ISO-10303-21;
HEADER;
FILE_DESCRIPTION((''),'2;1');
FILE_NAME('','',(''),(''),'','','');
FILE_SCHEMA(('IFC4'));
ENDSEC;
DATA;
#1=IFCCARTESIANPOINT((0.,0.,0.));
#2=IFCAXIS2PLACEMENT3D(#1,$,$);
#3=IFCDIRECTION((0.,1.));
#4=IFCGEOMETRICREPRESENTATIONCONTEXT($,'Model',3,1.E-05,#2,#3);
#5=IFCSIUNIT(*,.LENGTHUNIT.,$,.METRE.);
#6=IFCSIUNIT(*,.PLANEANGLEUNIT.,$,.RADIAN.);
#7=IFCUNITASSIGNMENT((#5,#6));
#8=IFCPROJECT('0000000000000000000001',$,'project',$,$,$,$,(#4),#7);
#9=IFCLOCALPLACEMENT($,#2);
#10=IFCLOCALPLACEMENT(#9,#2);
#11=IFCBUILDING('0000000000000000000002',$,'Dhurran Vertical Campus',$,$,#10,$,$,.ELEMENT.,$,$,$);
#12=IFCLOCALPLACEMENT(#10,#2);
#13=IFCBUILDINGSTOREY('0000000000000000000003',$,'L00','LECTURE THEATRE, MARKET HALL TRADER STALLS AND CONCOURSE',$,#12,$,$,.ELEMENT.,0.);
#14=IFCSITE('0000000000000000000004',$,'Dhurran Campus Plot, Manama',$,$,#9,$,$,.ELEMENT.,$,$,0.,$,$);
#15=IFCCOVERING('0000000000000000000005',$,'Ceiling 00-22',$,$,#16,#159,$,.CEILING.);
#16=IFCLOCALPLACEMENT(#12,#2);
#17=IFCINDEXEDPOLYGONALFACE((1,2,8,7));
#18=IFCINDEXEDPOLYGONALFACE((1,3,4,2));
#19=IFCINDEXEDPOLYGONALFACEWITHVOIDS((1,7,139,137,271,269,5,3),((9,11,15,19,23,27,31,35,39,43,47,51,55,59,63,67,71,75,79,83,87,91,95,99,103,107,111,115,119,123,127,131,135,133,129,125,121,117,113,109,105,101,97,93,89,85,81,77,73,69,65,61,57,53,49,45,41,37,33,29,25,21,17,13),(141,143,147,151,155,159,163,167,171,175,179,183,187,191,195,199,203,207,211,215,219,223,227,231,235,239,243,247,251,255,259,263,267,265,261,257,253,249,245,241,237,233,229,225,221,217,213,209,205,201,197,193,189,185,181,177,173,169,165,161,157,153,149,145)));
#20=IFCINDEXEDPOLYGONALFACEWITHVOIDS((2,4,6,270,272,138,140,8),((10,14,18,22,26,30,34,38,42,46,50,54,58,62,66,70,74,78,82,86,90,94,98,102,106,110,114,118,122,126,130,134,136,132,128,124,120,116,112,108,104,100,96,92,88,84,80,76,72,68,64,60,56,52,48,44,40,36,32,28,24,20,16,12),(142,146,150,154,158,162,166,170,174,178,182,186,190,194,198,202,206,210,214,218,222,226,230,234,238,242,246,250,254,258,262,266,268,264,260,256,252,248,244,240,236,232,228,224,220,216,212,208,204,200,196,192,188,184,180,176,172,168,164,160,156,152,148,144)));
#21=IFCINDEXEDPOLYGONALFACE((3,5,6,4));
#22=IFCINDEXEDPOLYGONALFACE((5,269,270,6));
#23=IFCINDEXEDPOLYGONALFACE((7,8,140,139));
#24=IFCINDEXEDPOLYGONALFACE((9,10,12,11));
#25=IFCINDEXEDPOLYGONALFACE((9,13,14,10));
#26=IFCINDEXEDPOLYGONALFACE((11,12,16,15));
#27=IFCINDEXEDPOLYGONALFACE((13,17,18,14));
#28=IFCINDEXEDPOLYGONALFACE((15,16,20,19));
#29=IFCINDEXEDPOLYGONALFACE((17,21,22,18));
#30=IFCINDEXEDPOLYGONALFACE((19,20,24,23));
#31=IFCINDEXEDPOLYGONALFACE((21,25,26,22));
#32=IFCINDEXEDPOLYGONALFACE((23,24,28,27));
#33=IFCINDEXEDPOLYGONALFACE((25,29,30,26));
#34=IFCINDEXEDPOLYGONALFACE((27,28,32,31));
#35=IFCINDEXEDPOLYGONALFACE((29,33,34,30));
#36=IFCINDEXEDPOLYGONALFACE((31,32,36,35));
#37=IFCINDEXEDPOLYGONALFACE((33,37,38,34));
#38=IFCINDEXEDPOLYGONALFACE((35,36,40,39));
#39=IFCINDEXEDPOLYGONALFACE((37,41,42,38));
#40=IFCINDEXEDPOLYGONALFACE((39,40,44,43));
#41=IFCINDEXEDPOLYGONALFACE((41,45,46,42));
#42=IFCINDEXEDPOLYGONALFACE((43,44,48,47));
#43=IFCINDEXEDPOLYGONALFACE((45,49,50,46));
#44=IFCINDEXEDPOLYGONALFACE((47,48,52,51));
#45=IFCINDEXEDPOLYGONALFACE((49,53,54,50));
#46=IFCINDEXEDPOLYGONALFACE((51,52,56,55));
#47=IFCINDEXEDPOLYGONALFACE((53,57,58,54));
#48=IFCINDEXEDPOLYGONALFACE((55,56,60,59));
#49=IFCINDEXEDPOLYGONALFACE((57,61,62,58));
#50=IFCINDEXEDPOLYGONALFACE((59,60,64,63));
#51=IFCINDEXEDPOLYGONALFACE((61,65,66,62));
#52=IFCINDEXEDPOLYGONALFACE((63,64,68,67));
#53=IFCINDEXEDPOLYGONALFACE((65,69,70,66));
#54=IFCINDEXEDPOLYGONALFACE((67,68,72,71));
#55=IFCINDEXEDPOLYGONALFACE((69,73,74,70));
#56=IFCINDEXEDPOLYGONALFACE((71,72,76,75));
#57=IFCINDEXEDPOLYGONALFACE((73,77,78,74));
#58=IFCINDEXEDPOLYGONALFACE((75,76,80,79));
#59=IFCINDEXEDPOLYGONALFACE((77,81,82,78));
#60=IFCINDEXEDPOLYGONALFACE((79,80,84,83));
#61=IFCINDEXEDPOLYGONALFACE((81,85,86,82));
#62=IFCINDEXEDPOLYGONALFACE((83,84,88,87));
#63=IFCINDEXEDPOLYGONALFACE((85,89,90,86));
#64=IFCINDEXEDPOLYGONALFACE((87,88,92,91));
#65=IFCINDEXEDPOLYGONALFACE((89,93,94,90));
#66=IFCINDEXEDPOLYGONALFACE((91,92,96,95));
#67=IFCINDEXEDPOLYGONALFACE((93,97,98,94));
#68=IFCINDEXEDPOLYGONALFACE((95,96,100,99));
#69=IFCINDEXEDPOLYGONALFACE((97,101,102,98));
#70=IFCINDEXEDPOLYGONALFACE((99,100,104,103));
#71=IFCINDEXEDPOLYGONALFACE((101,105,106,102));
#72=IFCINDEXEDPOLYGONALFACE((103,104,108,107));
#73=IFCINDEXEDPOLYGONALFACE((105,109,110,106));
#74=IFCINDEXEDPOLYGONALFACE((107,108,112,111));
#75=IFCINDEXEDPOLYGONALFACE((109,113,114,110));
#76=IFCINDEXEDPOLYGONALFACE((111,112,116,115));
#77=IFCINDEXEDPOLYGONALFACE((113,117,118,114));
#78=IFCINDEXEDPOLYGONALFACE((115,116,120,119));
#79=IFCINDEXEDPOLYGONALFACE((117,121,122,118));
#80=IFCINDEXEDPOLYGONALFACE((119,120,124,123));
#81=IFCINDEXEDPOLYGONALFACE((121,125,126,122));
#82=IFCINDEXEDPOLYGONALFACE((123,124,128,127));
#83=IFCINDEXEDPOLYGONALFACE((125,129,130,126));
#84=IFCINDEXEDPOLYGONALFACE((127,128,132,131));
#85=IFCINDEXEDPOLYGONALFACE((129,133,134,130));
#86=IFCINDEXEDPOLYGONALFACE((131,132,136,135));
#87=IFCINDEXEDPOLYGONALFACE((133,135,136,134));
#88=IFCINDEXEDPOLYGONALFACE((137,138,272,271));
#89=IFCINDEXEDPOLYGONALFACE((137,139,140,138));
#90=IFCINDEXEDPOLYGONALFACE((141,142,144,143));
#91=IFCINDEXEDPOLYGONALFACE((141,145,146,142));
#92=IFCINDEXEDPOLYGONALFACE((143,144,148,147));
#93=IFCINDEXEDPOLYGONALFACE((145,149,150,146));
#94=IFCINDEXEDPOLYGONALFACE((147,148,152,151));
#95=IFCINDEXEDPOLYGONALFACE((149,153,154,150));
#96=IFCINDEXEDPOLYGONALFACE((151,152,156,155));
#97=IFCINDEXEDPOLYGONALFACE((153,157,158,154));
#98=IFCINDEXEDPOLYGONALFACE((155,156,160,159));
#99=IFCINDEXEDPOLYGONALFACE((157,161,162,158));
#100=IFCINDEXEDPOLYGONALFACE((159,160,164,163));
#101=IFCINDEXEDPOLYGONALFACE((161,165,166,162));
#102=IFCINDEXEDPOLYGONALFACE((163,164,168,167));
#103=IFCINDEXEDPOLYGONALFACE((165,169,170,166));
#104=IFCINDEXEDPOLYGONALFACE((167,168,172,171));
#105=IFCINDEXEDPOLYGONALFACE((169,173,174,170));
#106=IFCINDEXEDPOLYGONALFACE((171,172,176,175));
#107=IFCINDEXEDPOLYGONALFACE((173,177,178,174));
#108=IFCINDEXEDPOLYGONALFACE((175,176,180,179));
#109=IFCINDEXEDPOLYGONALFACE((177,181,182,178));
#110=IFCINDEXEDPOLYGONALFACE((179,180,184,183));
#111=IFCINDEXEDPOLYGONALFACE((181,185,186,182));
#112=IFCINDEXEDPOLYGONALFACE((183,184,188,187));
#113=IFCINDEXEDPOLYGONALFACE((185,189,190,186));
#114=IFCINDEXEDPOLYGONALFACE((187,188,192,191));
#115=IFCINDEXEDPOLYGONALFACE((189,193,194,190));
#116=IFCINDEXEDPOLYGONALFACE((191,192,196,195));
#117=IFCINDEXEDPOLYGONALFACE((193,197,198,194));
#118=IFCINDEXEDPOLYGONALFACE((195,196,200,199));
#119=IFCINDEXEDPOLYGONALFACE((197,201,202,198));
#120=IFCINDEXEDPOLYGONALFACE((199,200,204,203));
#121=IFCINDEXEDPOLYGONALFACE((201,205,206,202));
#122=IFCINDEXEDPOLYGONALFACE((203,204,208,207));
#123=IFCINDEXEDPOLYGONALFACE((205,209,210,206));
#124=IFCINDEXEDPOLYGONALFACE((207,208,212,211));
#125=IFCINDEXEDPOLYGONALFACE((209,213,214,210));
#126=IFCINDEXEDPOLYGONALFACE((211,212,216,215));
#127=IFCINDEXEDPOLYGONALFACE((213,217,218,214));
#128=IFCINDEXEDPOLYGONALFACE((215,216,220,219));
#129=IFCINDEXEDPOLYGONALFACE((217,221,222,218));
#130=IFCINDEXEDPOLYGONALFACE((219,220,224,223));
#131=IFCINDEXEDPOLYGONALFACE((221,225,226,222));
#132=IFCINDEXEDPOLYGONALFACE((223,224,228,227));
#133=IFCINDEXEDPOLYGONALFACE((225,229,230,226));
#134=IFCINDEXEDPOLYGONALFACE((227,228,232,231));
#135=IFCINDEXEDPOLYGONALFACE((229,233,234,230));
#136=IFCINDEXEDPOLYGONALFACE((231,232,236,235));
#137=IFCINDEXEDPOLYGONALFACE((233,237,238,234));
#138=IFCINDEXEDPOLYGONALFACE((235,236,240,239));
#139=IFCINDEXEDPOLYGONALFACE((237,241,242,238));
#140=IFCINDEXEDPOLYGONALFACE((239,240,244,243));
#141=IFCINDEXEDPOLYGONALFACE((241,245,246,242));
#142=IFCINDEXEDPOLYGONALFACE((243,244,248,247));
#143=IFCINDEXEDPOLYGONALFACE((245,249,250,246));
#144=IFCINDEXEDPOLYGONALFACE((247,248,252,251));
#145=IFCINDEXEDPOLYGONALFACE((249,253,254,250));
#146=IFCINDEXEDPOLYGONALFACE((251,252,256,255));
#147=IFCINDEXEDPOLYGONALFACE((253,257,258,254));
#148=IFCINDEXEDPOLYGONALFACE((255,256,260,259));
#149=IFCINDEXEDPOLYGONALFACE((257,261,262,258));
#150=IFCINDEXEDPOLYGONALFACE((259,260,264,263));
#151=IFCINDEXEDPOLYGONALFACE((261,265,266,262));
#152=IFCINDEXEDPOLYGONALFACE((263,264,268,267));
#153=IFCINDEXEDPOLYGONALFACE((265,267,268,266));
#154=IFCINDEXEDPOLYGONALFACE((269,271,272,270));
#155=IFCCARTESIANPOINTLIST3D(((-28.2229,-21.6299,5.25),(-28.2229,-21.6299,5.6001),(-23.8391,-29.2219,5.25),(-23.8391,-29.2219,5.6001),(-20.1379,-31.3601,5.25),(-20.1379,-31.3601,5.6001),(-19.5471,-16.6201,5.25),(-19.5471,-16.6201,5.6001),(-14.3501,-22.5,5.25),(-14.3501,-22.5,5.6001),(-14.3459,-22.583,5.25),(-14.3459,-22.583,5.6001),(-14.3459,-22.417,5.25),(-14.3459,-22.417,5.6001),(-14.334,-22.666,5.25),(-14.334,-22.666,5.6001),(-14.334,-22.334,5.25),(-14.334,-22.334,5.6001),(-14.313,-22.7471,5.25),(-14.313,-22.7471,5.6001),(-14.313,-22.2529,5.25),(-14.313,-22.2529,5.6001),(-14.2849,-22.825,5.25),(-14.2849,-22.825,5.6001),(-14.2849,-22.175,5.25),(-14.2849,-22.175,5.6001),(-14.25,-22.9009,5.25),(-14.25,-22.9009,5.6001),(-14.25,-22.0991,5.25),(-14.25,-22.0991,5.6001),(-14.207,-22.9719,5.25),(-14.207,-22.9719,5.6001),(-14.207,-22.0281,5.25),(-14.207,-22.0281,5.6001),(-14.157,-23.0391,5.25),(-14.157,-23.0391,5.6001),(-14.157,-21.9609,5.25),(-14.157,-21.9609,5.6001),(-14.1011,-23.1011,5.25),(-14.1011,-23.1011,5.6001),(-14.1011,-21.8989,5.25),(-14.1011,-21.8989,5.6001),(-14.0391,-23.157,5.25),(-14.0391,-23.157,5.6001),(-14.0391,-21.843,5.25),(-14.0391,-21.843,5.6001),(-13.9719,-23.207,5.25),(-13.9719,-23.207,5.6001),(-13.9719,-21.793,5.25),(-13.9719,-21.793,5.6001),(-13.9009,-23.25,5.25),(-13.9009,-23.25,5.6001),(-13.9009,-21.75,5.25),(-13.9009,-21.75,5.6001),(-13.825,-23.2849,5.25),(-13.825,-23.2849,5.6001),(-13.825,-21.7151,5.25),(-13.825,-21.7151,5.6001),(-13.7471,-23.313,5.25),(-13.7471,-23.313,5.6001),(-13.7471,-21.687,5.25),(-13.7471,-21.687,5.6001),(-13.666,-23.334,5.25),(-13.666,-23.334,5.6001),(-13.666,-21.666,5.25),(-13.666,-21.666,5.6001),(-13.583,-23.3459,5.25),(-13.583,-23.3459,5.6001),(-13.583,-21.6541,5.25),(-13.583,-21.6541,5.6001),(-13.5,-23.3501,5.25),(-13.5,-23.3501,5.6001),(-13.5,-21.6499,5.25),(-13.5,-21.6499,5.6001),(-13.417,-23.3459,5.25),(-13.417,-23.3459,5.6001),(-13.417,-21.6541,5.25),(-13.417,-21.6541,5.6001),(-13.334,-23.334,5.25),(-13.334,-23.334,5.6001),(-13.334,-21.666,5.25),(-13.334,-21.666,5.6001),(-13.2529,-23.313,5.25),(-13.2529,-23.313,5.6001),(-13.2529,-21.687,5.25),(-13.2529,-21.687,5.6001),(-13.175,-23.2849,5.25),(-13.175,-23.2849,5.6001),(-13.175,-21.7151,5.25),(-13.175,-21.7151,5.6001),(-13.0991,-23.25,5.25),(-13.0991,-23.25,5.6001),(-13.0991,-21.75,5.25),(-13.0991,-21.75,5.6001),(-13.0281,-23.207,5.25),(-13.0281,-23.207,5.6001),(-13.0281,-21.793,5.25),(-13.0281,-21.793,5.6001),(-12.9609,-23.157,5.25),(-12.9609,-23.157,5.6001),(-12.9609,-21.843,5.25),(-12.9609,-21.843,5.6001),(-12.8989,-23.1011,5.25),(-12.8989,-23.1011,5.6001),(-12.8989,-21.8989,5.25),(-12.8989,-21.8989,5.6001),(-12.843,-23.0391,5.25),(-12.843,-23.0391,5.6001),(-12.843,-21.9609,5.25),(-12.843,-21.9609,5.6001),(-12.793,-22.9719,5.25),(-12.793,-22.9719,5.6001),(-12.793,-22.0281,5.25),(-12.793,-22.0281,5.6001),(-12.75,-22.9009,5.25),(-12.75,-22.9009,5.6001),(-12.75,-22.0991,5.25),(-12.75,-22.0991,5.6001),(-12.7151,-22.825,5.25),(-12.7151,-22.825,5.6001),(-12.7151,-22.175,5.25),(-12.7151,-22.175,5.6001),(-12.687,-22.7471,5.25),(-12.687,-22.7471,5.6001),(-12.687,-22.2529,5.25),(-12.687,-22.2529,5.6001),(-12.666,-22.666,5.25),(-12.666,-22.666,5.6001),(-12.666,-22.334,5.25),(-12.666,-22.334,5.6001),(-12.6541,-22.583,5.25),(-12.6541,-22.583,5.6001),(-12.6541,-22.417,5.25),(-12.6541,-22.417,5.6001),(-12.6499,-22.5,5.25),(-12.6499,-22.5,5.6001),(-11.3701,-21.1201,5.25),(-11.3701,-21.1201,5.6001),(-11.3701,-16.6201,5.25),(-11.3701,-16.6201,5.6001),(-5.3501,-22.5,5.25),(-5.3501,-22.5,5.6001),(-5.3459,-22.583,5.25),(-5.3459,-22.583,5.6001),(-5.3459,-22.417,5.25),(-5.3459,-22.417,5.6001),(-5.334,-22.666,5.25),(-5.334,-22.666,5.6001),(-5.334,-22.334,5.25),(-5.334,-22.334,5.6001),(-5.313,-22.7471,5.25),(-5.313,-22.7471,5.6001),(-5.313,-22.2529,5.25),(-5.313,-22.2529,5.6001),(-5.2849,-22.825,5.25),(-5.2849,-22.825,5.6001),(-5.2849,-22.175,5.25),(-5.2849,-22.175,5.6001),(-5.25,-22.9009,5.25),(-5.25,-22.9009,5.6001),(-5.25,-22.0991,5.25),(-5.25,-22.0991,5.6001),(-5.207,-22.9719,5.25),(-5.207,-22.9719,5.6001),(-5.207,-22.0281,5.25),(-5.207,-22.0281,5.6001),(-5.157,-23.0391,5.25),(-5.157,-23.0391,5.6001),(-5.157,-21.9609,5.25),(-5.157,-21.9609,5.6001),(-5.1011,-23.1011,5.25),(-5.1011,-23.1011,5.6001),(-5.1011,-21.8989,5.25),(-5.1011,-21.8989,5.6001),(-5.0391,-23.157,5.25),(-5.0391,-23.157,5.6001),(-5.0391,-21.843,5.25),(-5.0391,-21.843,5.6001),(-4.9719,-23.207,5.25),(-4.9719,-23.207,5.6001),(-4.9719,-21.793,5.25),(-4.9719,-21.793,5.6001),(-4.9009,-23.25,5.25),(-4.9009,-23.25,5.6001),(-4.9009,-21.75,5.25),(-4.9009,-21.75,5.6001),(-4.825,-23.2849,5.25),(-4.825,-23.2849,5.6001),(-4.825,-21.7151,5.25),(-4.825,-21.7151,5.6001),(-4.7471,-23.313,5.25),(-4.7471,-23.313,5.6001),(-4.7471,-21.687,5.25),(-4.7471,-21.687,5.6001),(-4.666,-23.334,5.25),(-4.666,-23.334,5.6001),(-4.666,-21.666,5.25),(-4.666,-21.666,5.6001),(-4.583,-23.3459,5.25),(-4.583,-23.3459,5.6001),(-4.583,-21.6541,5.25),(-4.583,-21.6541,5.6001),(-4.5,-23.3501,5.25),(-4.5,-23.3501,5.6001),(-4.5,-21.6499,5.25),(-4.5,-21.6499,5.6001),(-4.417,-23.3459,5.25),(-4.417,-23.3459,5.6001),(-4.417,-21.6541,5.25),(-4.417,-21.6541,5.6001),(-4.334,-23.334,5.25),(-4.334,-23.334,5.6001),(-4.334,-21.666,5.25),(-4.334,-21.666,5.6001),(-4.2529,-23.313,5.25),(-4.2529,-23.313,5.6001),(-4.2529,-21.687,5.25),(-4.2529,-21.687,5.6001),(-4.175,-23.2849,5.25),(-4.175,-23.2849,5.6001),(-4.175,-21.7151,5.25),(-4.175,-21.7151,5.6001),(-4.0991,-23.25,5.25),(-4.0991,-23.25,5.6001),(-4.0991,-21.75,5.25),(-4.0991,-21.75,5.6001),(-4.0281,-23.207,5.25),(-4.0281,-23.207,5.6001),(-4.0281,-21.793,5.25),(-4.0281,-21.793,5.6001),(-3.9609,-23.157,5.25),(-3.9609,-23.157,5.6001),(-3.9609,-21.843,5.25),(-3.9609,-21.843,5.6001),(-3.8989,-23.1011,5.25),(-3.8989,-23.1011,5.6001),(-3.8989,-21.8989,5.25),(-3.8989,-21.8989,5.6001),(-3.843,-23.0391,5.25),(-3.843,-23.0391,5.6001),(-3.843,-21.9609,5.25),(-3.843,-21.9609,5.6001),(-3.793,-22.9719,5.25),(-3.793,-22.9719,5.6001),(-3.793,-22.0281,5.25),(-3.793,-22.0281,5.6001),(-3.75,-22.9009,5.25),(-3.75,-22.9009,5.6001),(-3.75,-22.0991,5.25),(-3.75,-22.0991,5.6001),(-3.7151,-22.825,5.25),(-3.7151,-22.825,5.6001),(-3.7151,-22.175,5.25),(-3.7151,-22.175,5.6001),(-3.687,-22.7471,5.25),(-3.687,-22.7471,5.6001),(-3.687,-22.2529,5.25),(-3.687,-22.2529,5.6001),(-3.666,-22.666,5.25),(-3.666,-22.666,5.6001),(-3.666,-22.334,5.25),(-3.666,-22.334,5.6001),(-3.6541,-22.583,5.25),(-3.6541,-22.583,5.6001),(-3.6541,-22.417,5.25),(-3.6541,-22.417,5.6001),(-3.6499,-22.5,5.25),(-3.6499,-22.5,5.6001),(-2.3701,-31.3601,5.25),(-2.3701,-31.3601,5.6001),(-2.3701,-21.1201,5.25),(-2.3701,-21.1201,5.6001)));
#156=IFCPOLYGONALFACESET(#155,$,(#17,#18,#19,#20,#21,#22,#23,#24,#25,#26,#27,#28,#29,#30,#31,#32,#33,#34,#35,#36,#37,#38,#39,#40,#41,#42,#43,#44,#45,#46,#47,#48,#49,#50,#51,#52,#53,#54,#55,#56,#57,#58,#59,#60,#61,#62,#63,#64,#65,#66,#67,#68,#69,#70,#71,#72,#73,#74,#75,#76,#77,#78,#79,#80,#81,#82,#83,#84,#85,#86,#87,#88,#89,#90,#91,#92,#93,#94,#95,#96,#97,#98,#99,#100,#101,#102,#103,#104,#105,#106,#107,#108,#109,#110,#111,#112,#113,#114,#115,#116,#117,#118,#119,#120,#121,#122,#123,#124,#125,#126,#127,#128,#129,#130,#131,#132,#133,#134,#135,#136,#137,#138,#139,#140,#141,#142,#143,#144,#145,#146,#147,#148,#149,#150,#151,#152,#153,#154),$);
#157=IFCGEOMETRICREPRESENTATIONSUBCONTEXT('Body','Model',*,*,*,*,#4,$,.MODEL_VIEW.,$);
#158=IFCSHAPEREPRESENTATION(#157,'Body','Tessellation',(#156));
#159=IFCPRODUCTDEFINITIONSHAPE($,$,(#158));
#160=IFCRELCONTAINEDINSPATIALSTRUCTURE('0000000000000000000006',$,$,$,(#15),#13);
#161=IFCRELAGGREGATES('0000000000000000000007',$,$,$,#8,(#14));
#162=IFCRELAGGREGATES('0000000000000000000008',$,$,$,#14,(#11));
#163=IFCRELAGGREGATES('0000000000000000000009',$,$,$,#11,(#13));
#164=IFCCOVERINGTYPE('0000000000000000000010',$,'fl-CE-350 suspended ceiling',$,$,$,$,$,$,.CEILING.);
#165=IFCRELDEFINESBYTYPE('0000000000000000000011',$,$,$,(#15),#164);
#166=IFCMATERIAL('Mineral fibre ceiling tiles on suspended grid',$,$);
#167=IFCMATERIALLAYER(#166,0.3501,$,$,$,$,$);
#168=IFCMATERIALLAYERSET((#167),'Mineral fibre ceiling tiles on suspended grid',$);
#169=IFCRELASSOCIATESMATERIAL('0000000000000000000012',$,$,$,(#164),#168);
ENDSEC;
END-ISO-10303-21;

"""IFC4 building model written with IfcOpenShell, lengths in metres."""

from ifc_helpers import new_model, si_unit, direction, frame, origin, place, context, subcontext, project, spatial, polyline, outline, extrude, material, layer, layer_set, type_object, element, save


model = new_model("IFC4")

# Units and contexts
model_context = context("Model", 3, precision=1e-05, world=origin(), true_north=direction((0.0, 1.0)))
body_context = subcontext(model_context, "Body", "Model", "MODEL_VIEW")
ifc_project = project(units=[si_unit("LENGTHUNIT", "METRE"), si_unit("PLANEANGLEUNIT", "RADIAN")], contexts=[model_context])

# Site, building, storey
site_placement = place(None, origin())
site = spatial("IfcSite", under=ifc_project, at=site_placement, Name="Dhurran Campus Plot, Manama", CompositionType="ELEMENT", RefElevation=0.0)
building_placement = place(site_placement, origin())
building = spatial("IfcBuilding", under=site, at=building_placement, Name="Dhurran Vertical Campus", CompositionType="ELEMENT")
storey_placement = place(building_placement, origin())
storey = spatial("IfcBuildingStorey", under=building, at=storey_placement, Name="L00", Description="LECTURE THEATRE, MARKET HALL TRADER STALLS AND CONCOURSE", CompositionType="ELEMENT", Elevation=0.0)

# Covering
ifc_material_1 = material(Name="Mineral fibre ceiling tiles on suspended grid")
ifc_layer_1 = layer(ifc_material_1, 0.3501)
ifc_layer_set_1 = layer_set([ifc_layer_1], Name="Mineral fibre ceiling tiles on suspended grid")
covering_type = type_object("IfcCoveringType", Name="fl-CE-350 suspended ceiling", PredefinedType="CEILING", material=ifc_layer_set_1)
covering_1_placement = place(storey_placement, frame((0.0, 0.0, 5.25)))
element("IfcCovering", 1, at=covering_1_placement, inside=storey, type_object=covering_type, Name="Ceiling 00-22", PredefinedType="CEILING", context=body_context, shape_type="SweptSolid", body=[
    extrude(outline(polyline([(-2.3701, -21.1201), (-2.3701, -31.3601), (-20.1379, -31.3601), (-23.8391, -29.2219), (-28.2229, -21.6299), (-19.5471, -16.6201), (-11.3701, -16.6201), (-11.3701, -21.1201), (-2.3701, -21.1201)]), holes=[polyline([(-13.175, -21.7151), (-13.2529, -21.687), (-13.334, -21.666), (-13.417, -21.6541), (-13.5, -21.6499), (-13.583, -21.6541), (-13.666, -21.666), (-13.7471, -21.687), (-13.825, -21.7151), (-13.9009, -21.75), (-13.9719, -21.793), (-14.0391, -21.843), (-14.1011, -21.8989), (-14.157, -21.9609), (-14.207, -22.0281), (-14.25, -22.0991), (-14.2849, -22.175), (-14.313, -22.2529), (-14.334, -22.334), (-14.3459, -22.417), (-14.3501, -22.5), (-14.3459, -22.583), (-14.334, -22.666), (-14.313, -22.7471), (-14.2849, -22.825), (-14.25, -22.9009), (-14.207, -22.9719), (-14.157, -23.0391), (-14.1011, -23.1011), (-14.0391, -23.157), (-13.9719, -23.207), (-13.9009, -23.25), (-13.825, -23.2849), (-13.7471, -23.313), (-13.666, -23.334), (-13.583, -23.3459), (-13.5, -23.3501), (-13.417, -23.3459), (-13.334, -23.334), (-13.2529, -23.313), (-13.175, -23.2849), (-13.0991, -23.25), (-13.0281, -23.207), (-12.9609, -23.157), (-12.8989, -23.1011), (-12.843, -23.0391), (-12.793, -22.9719), (-12.75, -22.9009), (-12.7151, -22.825), (-12.687, -22.7471), (-12.666, -22.666), (-12.6541, -22.583), (-12.6499, -22.5), (-12.6541, -22.417), (-12.666, -22.334), (-12.687, -22.2529), (-12.7151, -22.175), (-12.75, -22.0991), (-12.793, -22.0281), (-12.843, -21.9609), (-12.8989, -21.8989), (-12.9609, -21.843), (-13.0281, -21.793), (-13.0991, -21.75), (-13.175, -21.7151)]), polyline([(-4.0281, -21.793), (-4.0991, -21.75), (-4.175, -21.7151), (-4.2529, -21.687), (-4.334, -21.666), (-4.417, -21.6541), (-4.5, -21.6499), (-4.583, -21.6541), (-4.666, -21.666), (-4.7471, -21.687), (-4.825, -21.7151), (-4.9009, -21.75), (-4.9719, -21.793), (-5.0391, -21.843), (-5.1011, -21.8989), (-5.157, -21.9609), (-5.207, -22.0281), (-5.25, -22.0991), (-5.2849, -22.175), (-5.313, -22.2529), (-5.334, -22.334), (-5.3459, -22.417), (-5.3501, -22.5), (-5.3459, -22.583), (-5.334, -22.666), (-5.313, -22.7471), (-5.2849, -22.825), (-5.25, -22.9009), (-5.207, -22.9719), (-5.157, -23.0391), (-5.1011, -23.1011), (-5.0391, -23.157), (-4.9719, -23.207), (-4.9009, -23.25), (-4.825, -23.2849), (-4.7471, -23.313), (-4.666, -23.334), (-4.583, -23.3459), (-4.5, -23.3501), (-4.417, -23.3459), (-4.334, -23.334), (-4.2529, -23.313), (-4.175, -23.2849), (-4.0991, -23.25), (-4.0281, -23.207), (-3.9609, -23.157), (-3.8989, -23.1011), (-3.843, -23.0391), (-3.793, -22.9719), (-3.75, -22.9009), (-3.7151, -22.825), (-3.687, -22.7471), (-3.666, -22.666), (-3.6541, -22.583), (-3.6499, -22.5), (-3.6541, -22.417), (-3.666, -22.334), (-3.687, -22.2529), (-3.7151, -22.175), (-3.75, -22.0991), (-3.793, -22.0281), (-3.843, -21.9609), (-3.8989, -21.8989), (-3.9609, -21.843), (-4.0281, -21.793)])]), origin(), (0.0, 0.0, 1.0), 0.3501),
])

save(model, "model.ifc")
